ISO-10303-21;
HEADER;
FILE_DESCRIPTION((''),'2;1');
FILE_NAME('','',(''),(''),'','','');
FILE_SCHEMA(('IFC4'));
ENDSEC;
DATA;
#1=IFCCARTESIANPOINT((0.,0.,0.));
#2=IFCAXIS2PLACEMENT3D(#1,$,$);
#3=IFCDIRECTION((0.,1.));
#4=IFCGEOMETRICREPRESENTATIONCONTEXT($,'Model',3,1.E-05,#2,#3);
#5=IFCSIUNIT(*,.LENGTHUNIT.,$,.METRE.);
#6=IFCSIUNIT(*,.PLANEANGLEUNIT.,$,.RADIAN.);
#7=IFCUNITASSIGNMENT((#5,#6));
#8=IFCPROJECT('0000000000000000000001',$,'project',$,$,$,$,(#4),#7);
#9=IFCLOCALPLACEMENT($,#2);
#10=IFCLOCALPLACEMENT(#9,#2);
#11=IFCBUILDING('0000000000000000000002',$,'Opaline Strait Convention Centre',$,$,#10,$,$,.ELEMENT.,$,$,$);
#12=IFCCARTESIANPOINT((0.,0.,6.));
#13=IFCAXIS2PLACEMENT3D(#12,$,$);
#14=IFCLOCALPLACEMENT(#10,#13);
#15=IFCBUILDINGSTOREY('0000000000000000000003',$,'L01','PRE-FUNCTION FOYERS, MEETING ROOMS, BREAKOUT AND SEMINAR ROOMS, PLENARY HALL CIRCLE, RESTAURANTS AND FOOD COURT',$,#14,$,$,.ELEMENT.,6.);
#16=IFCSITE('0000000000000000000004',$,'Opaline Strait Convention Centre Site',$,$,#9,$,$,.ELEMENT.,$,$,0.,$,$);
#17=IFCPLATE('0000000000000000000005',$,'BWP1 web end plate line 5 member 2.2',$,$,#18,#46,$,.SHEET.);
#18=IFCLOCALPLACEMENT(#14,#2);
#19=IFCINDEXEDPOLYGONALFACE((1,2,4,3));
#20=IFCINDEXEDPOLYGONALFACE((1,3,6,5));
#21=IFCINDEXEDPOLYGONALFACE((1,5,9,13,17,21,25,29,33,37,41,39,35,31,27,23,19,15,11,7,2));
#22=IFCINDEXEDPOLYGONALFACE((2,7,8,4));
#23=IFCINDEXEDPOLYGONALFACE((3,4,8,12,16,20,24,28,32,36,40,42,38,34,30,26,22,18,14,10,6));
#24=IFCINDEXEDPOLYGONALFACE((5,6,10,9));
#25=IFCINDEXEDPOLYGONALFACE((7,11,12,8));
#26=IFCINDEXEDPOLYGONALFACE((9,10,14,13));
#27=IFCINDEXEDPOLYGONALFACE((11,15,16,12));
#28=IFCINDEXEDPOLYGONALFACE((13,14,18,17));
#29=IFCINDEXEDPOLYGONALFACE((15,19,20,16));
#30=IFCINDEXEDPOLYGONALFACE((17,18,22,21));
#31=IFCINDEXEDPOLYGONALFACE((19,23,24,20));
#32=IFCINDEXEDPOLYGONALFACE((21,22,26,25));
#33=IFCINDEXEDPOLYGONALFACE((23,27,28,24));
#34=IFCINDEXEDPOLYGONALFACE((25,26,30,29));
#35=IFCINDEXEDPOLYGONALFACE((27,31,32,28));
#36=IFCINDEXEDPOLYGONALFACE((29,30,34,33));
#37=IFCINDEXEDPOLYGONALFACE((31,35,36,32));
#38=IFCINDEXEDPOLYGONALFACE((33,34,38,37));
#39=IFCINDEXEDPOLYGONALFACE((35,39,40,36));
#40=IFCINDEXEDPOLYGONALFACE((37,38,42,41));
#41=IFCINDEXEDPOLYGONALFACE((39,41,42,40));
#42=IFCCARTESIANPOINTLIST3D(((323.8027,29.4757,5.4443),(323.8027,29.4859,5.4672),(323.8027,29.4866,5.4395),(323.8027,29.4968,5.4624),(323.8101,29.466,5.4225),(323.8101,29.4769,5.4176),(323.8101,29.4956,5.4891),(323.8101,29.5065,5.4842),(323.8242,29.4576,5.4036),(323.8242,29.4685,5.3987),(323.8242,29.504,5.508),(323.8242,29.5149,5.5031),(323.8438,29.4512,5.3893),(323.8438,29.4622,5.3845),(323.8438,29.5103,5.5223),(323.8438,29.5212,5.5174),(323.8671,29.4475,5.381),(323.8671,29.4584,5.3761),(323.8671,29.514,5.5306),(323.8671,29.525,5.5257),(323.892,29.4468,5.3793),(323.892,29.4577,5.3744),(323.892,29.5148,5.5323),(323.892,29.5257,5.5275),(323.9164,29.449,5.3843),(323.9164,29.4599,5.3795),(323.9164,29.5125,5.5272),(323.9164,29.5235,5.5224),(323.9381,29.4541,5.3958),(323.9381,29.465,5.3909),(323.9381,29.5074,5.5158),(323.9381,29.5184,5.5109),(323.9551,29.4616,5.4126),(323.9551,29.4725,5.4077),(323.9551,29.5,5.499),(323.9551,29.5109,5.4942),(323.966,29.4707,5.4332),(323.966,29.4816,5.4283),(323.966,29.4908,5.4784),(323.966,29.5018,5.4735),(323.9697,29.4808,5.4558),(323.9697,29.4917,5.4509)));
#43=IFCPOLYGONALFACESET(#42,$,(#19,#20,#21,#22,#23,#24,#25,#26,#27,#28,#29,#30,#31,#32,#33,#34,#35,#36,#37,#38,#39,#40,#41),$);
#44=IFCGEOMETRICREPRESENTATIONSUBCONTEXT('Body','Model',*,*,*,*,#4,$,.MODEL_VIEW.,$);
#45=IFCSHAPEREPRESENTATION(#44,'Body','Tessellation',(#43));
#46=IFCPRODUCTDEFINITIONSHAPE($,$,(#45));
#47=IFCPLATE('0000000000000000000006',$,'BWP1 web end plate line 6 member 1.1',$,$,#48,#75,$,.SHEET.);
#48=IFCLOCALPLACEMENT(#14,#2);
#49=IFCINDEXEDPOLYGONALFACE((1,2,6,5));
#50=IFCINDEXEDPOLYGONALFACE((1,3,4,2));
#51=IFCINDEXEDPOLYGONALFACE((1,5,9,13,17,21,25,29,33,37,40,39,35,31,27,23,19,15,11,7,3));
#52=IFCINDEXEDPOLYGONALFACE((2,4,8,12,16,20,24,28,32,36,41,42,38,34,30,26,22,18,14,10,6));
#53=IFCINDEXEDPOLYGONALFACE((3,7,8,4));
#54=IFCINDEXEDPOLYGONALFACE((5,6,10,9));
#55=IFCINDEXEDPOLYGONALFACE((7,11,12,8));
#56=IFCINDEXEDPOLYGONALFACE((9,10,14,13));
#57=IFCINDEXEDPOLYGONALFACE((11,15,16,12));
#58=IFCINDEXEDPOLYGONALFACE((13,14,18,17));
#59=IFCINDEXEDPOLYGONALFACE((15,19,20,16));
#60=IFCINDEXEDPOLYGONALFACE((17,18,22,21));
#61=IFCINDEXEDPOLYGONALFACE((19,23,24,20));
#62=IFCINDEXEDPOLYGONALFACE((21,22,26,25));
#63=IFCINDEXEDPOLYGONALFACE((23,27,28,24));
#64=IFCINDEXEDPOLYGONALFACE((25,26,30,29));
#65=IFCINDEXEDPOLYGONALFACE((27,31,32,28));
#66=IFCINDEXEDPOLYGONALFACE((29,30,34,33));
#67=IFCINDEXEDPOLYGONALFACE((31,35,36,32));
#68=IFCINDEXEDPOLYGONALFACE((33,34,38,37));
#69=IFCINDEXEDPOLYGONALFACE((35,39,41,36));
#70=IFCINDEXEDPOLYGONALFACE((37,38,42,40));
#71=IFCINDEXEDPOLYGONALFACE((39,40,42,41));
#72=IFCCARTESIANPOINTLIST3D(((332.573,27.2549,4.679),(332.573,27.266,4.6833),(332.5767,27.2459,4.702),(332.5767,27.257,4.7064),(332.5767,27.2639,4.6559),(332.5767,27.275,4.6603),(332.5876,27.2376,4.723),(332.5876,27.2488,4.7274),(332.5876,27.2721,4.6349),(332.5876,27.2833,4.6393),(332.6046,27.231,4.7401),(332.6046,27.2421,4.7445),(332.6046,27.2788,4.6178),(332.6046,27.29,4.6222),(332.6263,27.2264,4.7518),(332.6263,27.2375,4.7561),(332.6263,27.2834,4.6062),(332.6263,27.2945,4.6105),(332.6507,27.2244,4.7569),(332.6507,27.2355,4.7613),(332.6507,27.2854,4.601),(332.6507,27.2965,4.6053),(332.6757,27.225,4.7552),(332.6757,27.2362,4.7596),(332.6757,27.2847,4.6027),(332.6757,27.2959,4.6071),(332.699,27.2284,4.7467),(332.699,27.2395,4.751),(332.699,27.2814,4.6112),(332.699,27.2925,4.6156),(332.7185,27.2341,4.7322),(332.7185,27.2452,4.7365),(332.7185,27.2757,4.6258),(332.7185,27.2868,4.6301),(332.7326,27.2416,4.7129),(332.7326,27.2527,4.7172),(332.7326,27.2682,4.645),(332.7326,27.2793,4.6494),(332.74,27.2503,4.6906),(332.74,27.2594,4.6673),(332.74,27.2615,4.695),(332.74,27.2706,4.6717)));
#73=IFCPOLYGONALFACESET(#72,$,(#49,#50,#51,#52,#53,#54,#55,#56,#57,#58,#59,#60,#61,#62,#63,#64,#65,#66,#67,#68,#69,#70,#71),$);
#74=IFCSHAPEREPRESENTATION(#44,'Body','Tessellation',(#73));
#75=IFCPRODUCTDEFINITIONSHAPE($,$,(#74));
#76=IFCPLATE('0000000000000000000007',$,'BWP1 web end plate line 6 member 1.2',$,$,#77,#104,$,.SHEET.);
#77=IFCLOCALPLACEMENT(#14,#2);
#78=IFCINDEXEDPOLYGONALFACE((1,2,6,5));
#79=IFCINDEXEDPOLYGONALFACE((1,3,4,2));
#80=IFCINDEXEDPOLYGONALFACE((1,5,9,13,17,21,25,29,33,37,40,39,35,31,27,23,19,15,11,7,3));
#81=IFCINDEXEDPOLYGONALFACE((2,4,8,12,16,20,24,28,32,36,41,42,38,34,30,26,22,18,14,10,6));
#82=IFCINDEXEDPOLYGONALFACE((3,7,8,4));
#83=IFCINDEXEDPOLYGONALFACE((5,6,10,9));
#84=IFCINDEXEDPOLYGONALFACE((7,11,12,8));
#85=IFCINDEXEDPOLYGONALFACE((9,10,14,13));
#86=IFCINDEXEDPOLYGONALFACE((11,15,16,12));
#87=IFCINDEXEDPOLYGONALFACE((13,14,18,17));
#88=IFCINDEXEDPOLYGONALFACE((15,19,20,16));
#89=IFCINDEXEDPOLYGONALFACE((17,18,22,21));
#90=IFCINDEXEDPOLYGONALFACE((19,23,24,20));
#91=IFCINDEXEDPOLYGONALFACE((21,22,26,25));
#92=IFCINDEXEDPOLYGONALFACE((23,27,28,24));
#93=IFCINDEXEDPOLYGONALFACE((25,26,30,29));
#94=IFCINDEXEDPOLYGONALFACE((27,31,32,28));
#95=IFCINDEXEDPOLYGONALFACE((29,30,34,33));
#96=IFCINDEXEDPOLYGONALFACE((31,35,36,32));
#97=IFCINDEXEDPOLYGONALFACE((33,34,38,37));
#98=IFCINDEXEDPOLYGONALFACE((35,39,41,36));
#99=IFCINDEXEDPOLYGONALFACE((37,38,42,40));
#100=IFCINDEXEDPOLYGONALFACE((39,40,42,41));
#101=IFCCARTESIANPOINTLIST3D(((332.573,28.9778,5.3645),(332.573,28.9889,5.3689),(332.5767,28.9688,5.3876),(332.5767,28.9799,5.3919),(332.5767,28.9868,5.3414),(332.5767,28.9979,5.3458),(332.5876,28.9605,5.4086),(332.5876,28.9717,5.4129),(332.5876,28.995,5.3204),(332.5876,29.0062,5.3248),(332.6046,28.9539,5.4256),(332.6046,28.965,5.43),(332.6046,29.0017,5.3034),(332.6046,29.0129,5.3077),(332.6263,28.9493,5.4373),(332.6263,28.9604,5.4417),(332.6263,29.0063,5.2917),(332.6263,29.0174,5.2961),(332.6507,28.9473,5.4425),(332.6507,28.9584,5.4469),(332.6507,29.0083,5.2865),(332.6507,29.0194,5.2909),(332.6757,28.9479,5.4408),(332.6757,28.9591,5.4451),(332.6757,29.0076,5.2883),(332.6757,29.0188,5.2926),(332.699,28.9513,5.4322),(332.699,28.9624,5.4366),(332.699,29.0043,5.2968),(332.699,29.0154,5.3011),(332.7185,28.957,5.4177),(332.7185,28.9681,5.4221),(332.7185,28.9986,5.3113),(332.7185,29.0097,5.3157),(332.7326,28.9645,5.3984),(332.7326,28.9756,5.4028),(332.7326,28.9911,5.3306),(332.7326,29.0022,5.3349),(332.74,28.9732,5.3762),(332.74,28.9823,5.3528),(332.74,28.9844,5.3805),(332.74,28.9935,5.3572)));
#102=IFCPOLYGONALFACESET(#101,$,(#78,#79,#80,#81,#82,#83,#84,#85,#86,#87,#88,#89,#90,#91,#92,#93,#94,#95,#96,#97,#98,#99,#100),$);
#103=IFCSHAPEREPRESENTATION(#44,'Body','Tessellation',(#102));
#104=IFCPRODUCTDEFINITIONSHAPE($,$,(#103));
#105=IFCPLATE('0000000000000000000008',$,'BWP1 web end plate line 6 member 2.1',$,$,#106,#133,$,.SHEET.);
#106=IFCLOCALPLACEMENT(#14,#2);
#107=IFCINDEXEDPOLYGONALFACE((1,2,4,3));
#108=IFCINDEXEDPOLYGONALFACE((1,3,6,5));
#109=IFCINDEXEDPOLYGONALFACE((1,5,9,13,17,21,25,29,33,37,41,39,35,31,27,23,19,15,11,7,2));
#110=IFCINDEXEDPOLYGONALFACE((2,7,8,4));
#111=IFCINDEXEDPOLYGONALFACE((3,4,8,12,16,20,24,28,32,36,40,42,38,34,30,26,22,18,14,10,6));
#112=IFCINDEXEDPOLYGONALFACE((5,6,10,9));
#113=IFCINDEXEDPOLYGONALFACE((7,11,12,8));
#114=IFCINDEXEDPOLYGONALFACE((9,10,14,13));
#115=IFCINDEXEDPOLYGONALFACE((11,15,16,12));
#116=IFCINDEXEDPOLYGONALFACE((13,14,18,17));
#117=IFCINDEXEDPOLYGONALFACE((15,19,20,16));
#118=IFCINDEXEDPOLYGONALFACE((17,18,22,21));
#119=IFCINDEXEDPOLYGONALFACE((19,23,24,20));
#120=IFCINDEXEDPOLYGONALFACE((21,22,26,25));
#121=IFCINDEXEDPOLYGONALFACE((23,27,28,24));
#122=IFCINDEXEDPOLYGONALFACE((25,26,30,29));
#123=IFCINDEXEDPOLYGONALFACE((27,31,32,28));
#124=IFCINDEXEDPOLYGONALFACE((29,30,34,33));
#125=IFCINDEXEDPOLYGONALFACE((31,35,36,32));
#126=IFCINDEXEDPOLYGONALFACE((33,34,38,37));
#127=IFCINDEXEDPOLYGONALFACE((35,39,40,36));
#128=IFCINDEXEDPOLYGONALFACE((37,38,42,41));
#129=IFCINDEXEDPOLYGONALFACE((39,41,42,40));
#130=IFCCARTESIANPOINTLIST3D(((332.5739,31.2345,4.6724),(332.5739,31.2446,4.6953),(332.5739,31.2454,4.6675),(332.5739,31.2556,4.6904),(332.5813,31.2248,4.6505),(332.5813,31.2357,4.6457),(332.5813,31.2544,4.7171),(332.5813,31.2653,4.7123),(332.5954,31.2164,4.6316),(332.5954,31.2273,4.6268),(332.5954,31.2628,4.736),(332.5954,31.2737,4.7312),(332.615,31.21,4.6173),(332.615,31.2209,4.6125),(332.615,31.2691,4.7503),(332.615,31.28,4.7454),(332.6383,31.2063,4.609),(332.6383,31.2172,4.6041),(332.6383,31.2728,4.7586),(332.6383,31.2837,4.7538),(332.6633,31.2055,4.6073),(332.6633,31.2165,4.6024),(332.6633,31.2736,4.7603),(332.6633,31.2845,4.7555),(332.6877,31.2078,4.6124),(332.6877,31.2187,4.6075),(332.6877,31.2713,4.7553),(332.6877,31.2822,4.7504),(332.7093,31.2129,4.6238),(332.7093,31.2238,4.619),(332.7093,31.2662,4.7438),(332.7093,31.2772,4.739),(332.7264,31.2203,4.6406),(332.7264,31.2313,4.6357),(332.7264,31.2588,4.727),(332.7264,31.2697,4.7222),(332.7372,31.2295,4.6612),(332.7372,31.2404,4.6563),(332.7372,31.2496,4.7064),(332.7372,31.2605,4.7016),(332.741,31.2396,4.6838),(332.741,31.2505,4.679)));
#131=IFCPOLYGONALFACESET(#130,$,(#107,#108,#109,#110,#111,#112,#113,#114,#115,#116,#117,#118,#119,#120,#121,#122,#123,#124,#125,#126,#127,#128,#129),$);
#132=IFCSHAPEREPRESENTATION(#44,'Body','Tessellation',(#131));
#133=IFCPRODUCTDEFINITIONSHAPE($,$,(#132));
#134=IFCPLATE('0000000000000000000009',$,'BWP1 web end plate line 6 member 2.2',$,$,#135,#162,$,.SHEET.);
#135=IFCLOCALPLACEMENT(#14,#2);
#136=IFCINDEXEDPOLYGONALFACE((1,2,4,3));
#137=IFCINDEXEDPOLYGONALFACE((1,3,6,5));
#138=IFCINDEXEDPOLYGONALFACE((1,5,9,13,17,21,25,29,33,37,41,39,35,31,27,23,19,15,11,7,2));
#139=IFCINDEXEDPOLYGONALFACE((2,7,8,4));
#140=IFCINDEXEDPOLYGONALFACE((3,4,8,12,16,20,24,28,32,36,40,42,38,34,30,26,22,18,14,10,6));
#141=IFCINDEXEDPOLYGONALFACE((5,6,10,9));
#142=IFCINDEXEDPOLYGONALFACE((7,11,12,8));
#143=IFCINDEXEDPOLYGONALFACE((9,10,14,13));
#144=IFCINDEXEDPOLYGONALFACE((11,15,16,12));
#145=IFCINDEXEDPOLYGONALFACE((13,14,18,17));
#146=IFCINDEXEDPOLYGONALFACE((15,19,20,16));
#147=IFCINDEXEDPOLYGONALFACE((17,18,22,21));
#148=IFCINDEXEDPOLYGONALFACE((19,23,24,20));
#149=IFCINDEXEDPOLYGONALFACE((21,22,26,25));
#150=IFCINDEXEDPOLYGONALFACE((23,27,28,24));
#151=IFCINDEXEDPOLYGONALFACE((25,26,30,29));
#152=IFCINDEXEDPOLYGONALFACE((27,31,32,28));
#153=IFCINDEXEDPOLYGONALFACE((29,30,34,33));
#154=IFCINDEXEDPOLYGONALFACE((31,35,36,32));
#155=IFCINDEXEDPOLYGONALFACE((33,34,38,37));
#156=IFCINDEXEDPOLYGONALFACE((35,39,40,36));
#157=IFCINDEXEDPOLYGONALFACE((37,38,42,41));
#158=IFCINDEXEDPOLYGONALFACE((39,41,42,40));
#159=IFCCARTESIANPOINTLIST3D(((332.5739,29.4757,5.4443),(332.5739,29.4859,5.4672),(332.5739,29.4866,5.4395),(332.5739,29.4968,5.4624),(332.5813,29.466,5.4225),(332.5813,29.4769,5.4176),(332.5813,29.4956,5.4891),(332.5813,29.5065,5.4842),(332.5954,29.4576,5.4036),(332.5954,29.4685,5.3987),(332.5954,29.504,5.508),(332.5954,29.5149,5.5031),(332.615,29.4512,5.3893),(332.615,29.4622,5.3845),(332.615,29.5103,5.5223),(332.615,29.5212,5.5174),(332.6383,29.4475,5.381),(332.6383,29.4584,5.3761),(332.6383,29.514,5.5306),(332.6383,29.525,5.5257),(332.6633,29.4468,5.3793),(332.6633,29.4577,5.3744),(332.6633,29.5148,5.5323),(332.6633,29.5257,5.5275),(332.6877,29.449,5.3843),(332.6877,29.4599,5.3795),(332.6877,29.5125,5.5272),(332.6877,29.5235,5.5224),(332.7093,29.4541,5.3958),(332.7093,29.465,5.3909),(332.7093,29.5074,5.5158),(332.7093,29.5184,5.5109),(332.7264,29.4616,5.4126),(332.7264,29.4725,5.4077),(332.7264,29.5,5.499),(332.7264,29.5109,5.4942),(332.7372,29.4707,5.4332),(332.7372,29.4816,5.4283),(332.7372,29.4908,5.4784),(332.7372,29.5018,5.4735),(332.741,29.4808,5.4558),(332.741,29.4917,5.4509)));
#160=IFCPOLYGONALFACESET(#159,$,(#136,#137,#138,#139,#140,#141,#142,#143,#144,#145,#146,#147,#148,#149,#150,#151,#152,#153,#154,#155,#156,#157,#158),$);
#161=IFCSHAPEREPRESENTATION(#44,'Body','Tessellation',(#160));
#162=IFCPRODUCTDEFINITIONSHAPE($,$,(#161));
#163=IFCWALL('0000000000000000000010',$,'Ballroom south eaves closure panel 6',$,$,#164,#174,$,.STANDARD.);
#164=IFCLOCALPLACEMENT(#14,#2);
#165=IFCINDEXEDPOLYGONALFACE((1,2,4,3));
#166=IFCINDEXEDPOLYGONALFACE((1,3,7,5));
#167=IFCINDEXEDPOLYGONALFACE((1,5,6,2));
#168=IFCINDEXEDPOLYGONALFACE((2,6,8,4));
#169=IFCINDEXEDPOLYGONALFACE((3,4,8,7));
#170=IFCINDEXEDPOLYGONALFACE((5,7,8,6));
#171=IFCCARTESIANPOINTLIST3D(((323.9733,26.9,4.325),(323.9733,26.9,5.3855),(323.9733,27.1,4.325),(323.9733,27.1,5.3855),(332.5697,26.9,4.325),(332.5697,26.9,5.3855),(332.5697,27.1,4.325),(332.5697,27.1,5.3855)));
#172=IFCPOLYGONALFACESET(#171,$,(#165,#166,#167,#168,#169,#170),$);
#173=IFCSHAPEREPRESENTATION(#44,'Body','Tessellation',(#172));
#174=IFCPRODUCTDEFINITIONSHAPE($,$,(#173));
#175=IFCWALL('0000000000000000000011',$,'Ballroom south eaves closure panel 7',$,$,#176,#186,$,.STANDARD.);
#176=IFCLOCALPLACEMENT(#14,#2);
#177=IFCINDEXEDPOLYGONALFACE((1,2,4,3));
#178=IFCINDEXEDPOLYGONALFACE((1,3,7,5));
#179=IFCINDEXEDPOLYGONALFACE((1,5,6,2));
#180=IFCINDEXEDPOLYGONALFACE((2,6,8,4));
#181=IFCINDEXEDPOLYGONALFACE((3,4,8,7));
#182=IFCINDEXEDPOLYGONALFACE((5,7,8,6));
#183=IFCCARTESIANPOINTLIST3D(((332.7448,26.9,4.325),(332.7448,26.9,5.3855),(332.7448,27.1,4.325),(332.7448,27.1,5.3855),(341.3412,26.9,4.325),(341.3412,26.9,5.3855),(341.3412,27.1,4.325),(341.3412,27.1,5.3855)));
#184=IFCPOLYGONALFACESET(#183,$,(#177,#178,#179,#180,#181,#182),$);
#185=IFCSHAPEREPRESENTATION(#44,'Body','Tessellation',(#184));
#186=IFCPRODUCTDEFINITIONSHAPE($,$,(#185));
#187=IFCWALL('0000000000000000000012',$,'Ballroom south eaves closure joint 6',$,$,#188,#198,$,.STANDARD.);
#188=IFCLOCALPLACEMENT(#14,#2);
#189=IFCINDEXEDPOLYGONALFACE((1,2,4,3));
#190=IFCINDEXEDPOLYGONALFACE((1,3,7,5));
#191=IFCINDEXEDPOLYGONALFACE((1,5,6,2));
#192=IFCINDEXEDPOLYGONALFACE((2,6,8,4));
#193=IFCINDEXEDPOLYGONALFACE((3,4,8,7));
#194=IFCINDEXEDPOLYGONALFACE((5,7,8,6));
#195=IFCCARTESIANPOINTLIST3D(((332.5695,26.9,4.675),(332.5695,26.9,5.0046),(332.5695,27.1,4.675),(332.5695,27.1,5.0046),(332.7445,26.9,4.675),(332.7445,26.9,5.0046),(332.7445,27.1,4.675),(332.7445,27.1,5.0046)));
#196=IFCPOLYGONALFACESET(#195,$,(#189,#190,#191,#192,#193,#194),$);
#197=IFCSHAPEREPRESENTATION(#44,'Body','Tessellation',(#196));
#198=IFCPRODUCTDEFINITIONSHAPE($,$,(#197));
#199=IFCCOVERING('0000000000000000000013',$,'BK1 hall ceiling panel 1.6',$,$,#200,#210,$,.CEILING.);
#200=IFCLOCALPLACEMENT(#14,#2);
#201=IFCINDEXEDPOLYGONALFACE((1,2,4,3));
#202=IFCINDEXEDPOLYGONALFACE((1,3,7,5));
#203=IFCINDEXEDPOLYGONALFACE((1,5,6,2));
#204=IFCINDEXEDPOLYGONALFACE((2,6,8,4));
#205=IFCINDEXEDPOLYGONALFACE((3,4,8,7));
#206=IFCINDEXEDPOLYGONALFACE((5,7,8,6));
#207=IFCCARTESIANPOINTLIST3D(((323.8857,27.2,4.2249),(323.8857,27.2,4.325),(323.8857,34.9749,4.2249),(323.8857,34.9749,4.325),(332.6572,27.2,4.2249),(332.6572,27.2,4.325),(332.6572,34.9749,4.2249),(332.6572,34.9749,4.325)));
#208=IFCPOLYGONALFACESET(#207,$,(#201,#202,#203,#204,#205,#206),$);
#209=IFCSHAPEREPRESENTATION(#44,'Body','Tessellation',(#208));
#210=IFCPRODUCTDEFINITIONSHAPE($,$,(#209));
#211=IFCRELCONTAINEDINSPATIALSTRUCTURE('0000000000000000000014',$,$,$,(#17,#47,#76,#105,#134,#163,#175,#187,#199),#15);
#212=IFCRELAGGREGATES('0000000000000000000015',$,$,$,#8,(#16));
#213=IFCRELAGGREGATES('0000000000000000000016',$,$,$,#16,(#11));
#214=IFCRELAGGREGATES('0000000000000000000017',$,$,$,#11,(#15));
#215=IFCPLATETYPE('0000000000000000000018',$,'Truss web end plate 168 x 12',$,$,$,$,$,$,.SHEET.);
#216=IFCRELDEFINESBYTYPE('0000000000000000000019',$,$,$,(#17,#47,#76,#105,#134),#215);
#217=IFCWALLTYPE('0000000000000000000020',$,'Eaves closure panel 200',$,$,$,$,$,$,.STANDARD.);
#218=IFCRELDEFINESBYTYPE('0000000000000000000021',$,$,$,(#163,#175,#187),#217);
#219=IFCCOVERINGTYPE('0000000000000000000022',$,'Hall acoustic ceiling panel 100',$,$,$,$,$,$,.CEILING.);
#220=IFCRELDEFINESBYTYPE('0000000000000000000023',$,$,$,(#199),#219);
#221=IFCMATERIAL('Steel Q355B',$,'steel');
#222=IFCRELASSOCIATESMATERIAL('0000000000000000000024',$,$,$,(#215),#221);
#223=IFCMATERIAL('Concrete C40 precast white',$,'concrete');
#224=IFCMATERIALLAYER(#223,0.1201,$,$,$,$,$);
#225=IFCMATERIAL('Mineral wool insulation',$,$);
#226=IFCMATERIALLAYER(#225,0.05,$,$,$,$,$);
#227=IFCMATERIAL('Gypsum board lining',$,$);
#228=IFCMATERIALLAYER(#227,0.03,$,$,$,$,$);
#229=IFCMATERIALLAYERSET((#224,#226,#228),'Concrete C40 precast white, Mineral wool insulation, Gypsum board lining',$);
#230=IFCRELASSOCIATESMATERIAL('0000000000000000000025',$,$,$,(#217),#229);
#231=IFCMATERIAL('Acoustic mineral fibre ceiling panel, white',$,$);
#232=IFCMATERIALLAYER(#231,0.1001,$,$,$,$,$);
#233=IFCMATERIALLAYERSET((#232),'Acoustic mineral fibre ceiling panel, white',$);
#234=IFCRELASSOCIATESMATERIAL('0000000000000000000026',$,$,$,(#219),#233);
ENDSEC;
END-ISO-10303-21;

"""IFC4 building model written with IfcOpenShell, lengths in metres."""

from ifc_helpers import new_model, si_unit, direction, frame, frame_2d, origin, origin_2d, place, context, subcontext, project, spatial, rectangle, circle, extrude, material, layer, layer_set, material_profile, profile_set, type_object, element, save


model = new_model("IFC4")

# Units and contexts
model_context = context("Model", 3, precision=1e-05, world=origin(), true_north=direction((0.0, 1.0)))
body_context = subcontext(model_context, "Body", "Model", "MODEL_VIEW")
ifc_project = project(units=[si_unit("LENGTHUNIT", "METRE"), si_unit("PLANEANGLEUNIT", "RADIAN")], contexts=[model_context])

# Site, building, storey
site_placement = place(None, origin())
site = spatial("IfcSite", under=ifc_project, at=site_placement, Name="Opaline Strait Convention Centre Site", CompositionType="ELEMENT", RefElevation=0.0)
building_placement = place(site_placement, origin())
building = spatial("IfcBuilding", under=site, at=building_placement, Name="Opaline Strait Convention Centre", CompositionType="ELEMENT")
storey_placement = place(building_placement, frame((0.0, 0.0, 6.0)))
storey = spatial("IfcBuildingStorey", under=building, at=storey_placement, Name="L01", Description="PRE-FUNCTION FOYERS, MEETING ROOMS, BREAKOUT AND SEMINAR ROOMS, PLENARY HALL CIRCLE, RESTAURANTS AND FOOD COURT", CompositionType="ELEMENT", Elevation=6.0)

# Shared definitions
ifc_material_1 = material(Name="Steel Q355B", Category="steel")

# Plates
ifc_material_profile_1 = material_profile(ifc_material_1, circle(Radius=0.084, at=origin_2d()), Name="D168")
ifc_profile_set_1 = profile_set([ifc_material_profile_1], Name="Steel Q355B")
plate_type = type_object("IfcPlateType", Name="Truss web end plate 168 x 12", PredefinedType="SHEET", material=ifc_profile_set_1)
for number, where, z_axis, x_axis, name in (
    (1, (323.8857, 29.4917, 5.4509), (0.0, -0.913812, 0.406138), (1.0, 0.0, 0.0), "BWP1 web end plate line 5 member 2.2"),
    (2, (332.657, 27.2549, 4.679), (0.0, 0.931243, 0.364399), (-1.0, 0.0, 0.0), "BWP1 web end plate line 6 member 1.1"),
    (3, (332.657, 28.9778, 5.3645), (0.0, 0.931243, 0.364399), (-1.0, 0.0, 0.0), "BWP1 web end plate line 6 member 1.2"),
    (4, (332.657, 31.2505, 4.679), (0.0, -0.913812, 0.406138), (1.0, 0.0, 0.0), "BWP1 web end plate line 6 member 2.1"),
    (5, (332.657, 29.4917, 5.4509), (0.0, -0.913812, 0.406138), (1.0, 0.0, 0.0), "BWP1 web end plate line 6 member 2.2"),
):
    element("IfcPlate", number, at=place(storey_placement, frame(where, z_axis=z_axis, x_axis=x_axis)), inside=storey, type_object=plate_type, Name=name, PredefinedType="SHEET", context=body_context, shape_type="SweptSolid", body=[
        extrude(circle(Radius=0.084, at=origin_2d()), origin(), (0.0, 0.0, 1.0), 0.012),
    ])

# Walls
ifc_material_2 = material(Name="Concrete C40 precast white", Category="concrete")
ifc_layer_1 = layer(ifc_material_2, 0.1201)
ifc_material_3 = material(Name="Mineral wool insulation")
ifc_layer_2 = layer(ifc_material_3, 0.05)
ifc_material_4 = material(Name="Gypsum board lining")
ifc_layer_3 = layer(ifc_material_4, 0.03)
ifc_layer_set_1 = layer_set([ifc_layer_1, ifc_layer_2, ifc_layer_3], Name="Concrete C40 precast white, Mineral wool insulation, Gypsum board lining")
wall_type = type_object("IfcWallType", Name="Eaves closure panel 200", PredefinedType="STANDARD", material=ifc_layer_set_1)
for number, where, z_axis, x_axis, name in (
    (6, (323.9731, 27.0, 4.325), (0.0, 0.0, 1.0), (1.0, 0.0, 0.0), "Ballroom south eaves closure panel 6"),
    (7, (332.7446, 27.0, 4.325), (0.0, 0.0, 1.0), (1.0, 0.0, 0.0), "Ballroom south eaves closure panel 7"),
):
    element("IfcWall", number, at=place(storey_placement, frame(where, z_axis=z_axis, x_axis=x_axis)), inside=storey, type_object=wall_type, Name=name, PredefinedType="STANDARD", context=body_context, shape_type="SweptSolid", body=[
        extrude(rectangle(XDim=8.5964, YDim=0.2, at=frame_2d((4.2983, 0.0))), origin(), (0.0, 0.0, 1.0), 1.0605),
    ])
wall_placement = place(storey_placement, frame((332.5696, 27.0, 4.675), z_axis=(0.0, 0.0, 1.0), x_axis=(1.0, 0.0, 0.0)))
element("IfcWall", 8, at=wall_placement, inside=storey, type_object=wall_type, Name="Ballroom south eaves closure joint 6", PredefinedType="STANDARD", context=body_context, shape_type="SweptSolid", body=[
    extrude(rectangle(XDim=0.175, YDim=0.2, at=frame_2d((0.0874, 0.0))), origin(), (0.0, 0.0, 1.0), 0.3296),
])

# Covering
ifc_material_5 = material(Name="Acoustic mineral fibre ceiling panel, white")
ifc_layer_4 = layer(ifc_material_5, 0.1001)
ifc_layer_set_2 = layer_set([ifc_layer_4], Name="Acoustic mineral fibre ceiling panel, white")
covering_type = type_object("IfcCoveringType", Name="Hall acoustic ceiling panel 100", PredefinedType="CEILING", material=ifc_layer_set_2)
covering_placement = place(storey_placement, frame((328.2715, 31.0874, 4.2249), z_axis=(0.0, 0.0, 1.0), x_axis=(1.0, 0.0, 0.0)))
element("IfcCovering", 9, at=covering_placement, inside=storey, type_object=covering_type, Name="BK1 hall ceiling panel 1.6", PredefinedType="CEILING", context=body_context, shape_type="SweptSolid", body=[
    extrude(rectangle(XDim=8.7715, YDim=7.7749, at=origin_2d()), origin(), (0.0, 0.0, 1.0), 0.1001),
])

save(model, "model.ifc")
